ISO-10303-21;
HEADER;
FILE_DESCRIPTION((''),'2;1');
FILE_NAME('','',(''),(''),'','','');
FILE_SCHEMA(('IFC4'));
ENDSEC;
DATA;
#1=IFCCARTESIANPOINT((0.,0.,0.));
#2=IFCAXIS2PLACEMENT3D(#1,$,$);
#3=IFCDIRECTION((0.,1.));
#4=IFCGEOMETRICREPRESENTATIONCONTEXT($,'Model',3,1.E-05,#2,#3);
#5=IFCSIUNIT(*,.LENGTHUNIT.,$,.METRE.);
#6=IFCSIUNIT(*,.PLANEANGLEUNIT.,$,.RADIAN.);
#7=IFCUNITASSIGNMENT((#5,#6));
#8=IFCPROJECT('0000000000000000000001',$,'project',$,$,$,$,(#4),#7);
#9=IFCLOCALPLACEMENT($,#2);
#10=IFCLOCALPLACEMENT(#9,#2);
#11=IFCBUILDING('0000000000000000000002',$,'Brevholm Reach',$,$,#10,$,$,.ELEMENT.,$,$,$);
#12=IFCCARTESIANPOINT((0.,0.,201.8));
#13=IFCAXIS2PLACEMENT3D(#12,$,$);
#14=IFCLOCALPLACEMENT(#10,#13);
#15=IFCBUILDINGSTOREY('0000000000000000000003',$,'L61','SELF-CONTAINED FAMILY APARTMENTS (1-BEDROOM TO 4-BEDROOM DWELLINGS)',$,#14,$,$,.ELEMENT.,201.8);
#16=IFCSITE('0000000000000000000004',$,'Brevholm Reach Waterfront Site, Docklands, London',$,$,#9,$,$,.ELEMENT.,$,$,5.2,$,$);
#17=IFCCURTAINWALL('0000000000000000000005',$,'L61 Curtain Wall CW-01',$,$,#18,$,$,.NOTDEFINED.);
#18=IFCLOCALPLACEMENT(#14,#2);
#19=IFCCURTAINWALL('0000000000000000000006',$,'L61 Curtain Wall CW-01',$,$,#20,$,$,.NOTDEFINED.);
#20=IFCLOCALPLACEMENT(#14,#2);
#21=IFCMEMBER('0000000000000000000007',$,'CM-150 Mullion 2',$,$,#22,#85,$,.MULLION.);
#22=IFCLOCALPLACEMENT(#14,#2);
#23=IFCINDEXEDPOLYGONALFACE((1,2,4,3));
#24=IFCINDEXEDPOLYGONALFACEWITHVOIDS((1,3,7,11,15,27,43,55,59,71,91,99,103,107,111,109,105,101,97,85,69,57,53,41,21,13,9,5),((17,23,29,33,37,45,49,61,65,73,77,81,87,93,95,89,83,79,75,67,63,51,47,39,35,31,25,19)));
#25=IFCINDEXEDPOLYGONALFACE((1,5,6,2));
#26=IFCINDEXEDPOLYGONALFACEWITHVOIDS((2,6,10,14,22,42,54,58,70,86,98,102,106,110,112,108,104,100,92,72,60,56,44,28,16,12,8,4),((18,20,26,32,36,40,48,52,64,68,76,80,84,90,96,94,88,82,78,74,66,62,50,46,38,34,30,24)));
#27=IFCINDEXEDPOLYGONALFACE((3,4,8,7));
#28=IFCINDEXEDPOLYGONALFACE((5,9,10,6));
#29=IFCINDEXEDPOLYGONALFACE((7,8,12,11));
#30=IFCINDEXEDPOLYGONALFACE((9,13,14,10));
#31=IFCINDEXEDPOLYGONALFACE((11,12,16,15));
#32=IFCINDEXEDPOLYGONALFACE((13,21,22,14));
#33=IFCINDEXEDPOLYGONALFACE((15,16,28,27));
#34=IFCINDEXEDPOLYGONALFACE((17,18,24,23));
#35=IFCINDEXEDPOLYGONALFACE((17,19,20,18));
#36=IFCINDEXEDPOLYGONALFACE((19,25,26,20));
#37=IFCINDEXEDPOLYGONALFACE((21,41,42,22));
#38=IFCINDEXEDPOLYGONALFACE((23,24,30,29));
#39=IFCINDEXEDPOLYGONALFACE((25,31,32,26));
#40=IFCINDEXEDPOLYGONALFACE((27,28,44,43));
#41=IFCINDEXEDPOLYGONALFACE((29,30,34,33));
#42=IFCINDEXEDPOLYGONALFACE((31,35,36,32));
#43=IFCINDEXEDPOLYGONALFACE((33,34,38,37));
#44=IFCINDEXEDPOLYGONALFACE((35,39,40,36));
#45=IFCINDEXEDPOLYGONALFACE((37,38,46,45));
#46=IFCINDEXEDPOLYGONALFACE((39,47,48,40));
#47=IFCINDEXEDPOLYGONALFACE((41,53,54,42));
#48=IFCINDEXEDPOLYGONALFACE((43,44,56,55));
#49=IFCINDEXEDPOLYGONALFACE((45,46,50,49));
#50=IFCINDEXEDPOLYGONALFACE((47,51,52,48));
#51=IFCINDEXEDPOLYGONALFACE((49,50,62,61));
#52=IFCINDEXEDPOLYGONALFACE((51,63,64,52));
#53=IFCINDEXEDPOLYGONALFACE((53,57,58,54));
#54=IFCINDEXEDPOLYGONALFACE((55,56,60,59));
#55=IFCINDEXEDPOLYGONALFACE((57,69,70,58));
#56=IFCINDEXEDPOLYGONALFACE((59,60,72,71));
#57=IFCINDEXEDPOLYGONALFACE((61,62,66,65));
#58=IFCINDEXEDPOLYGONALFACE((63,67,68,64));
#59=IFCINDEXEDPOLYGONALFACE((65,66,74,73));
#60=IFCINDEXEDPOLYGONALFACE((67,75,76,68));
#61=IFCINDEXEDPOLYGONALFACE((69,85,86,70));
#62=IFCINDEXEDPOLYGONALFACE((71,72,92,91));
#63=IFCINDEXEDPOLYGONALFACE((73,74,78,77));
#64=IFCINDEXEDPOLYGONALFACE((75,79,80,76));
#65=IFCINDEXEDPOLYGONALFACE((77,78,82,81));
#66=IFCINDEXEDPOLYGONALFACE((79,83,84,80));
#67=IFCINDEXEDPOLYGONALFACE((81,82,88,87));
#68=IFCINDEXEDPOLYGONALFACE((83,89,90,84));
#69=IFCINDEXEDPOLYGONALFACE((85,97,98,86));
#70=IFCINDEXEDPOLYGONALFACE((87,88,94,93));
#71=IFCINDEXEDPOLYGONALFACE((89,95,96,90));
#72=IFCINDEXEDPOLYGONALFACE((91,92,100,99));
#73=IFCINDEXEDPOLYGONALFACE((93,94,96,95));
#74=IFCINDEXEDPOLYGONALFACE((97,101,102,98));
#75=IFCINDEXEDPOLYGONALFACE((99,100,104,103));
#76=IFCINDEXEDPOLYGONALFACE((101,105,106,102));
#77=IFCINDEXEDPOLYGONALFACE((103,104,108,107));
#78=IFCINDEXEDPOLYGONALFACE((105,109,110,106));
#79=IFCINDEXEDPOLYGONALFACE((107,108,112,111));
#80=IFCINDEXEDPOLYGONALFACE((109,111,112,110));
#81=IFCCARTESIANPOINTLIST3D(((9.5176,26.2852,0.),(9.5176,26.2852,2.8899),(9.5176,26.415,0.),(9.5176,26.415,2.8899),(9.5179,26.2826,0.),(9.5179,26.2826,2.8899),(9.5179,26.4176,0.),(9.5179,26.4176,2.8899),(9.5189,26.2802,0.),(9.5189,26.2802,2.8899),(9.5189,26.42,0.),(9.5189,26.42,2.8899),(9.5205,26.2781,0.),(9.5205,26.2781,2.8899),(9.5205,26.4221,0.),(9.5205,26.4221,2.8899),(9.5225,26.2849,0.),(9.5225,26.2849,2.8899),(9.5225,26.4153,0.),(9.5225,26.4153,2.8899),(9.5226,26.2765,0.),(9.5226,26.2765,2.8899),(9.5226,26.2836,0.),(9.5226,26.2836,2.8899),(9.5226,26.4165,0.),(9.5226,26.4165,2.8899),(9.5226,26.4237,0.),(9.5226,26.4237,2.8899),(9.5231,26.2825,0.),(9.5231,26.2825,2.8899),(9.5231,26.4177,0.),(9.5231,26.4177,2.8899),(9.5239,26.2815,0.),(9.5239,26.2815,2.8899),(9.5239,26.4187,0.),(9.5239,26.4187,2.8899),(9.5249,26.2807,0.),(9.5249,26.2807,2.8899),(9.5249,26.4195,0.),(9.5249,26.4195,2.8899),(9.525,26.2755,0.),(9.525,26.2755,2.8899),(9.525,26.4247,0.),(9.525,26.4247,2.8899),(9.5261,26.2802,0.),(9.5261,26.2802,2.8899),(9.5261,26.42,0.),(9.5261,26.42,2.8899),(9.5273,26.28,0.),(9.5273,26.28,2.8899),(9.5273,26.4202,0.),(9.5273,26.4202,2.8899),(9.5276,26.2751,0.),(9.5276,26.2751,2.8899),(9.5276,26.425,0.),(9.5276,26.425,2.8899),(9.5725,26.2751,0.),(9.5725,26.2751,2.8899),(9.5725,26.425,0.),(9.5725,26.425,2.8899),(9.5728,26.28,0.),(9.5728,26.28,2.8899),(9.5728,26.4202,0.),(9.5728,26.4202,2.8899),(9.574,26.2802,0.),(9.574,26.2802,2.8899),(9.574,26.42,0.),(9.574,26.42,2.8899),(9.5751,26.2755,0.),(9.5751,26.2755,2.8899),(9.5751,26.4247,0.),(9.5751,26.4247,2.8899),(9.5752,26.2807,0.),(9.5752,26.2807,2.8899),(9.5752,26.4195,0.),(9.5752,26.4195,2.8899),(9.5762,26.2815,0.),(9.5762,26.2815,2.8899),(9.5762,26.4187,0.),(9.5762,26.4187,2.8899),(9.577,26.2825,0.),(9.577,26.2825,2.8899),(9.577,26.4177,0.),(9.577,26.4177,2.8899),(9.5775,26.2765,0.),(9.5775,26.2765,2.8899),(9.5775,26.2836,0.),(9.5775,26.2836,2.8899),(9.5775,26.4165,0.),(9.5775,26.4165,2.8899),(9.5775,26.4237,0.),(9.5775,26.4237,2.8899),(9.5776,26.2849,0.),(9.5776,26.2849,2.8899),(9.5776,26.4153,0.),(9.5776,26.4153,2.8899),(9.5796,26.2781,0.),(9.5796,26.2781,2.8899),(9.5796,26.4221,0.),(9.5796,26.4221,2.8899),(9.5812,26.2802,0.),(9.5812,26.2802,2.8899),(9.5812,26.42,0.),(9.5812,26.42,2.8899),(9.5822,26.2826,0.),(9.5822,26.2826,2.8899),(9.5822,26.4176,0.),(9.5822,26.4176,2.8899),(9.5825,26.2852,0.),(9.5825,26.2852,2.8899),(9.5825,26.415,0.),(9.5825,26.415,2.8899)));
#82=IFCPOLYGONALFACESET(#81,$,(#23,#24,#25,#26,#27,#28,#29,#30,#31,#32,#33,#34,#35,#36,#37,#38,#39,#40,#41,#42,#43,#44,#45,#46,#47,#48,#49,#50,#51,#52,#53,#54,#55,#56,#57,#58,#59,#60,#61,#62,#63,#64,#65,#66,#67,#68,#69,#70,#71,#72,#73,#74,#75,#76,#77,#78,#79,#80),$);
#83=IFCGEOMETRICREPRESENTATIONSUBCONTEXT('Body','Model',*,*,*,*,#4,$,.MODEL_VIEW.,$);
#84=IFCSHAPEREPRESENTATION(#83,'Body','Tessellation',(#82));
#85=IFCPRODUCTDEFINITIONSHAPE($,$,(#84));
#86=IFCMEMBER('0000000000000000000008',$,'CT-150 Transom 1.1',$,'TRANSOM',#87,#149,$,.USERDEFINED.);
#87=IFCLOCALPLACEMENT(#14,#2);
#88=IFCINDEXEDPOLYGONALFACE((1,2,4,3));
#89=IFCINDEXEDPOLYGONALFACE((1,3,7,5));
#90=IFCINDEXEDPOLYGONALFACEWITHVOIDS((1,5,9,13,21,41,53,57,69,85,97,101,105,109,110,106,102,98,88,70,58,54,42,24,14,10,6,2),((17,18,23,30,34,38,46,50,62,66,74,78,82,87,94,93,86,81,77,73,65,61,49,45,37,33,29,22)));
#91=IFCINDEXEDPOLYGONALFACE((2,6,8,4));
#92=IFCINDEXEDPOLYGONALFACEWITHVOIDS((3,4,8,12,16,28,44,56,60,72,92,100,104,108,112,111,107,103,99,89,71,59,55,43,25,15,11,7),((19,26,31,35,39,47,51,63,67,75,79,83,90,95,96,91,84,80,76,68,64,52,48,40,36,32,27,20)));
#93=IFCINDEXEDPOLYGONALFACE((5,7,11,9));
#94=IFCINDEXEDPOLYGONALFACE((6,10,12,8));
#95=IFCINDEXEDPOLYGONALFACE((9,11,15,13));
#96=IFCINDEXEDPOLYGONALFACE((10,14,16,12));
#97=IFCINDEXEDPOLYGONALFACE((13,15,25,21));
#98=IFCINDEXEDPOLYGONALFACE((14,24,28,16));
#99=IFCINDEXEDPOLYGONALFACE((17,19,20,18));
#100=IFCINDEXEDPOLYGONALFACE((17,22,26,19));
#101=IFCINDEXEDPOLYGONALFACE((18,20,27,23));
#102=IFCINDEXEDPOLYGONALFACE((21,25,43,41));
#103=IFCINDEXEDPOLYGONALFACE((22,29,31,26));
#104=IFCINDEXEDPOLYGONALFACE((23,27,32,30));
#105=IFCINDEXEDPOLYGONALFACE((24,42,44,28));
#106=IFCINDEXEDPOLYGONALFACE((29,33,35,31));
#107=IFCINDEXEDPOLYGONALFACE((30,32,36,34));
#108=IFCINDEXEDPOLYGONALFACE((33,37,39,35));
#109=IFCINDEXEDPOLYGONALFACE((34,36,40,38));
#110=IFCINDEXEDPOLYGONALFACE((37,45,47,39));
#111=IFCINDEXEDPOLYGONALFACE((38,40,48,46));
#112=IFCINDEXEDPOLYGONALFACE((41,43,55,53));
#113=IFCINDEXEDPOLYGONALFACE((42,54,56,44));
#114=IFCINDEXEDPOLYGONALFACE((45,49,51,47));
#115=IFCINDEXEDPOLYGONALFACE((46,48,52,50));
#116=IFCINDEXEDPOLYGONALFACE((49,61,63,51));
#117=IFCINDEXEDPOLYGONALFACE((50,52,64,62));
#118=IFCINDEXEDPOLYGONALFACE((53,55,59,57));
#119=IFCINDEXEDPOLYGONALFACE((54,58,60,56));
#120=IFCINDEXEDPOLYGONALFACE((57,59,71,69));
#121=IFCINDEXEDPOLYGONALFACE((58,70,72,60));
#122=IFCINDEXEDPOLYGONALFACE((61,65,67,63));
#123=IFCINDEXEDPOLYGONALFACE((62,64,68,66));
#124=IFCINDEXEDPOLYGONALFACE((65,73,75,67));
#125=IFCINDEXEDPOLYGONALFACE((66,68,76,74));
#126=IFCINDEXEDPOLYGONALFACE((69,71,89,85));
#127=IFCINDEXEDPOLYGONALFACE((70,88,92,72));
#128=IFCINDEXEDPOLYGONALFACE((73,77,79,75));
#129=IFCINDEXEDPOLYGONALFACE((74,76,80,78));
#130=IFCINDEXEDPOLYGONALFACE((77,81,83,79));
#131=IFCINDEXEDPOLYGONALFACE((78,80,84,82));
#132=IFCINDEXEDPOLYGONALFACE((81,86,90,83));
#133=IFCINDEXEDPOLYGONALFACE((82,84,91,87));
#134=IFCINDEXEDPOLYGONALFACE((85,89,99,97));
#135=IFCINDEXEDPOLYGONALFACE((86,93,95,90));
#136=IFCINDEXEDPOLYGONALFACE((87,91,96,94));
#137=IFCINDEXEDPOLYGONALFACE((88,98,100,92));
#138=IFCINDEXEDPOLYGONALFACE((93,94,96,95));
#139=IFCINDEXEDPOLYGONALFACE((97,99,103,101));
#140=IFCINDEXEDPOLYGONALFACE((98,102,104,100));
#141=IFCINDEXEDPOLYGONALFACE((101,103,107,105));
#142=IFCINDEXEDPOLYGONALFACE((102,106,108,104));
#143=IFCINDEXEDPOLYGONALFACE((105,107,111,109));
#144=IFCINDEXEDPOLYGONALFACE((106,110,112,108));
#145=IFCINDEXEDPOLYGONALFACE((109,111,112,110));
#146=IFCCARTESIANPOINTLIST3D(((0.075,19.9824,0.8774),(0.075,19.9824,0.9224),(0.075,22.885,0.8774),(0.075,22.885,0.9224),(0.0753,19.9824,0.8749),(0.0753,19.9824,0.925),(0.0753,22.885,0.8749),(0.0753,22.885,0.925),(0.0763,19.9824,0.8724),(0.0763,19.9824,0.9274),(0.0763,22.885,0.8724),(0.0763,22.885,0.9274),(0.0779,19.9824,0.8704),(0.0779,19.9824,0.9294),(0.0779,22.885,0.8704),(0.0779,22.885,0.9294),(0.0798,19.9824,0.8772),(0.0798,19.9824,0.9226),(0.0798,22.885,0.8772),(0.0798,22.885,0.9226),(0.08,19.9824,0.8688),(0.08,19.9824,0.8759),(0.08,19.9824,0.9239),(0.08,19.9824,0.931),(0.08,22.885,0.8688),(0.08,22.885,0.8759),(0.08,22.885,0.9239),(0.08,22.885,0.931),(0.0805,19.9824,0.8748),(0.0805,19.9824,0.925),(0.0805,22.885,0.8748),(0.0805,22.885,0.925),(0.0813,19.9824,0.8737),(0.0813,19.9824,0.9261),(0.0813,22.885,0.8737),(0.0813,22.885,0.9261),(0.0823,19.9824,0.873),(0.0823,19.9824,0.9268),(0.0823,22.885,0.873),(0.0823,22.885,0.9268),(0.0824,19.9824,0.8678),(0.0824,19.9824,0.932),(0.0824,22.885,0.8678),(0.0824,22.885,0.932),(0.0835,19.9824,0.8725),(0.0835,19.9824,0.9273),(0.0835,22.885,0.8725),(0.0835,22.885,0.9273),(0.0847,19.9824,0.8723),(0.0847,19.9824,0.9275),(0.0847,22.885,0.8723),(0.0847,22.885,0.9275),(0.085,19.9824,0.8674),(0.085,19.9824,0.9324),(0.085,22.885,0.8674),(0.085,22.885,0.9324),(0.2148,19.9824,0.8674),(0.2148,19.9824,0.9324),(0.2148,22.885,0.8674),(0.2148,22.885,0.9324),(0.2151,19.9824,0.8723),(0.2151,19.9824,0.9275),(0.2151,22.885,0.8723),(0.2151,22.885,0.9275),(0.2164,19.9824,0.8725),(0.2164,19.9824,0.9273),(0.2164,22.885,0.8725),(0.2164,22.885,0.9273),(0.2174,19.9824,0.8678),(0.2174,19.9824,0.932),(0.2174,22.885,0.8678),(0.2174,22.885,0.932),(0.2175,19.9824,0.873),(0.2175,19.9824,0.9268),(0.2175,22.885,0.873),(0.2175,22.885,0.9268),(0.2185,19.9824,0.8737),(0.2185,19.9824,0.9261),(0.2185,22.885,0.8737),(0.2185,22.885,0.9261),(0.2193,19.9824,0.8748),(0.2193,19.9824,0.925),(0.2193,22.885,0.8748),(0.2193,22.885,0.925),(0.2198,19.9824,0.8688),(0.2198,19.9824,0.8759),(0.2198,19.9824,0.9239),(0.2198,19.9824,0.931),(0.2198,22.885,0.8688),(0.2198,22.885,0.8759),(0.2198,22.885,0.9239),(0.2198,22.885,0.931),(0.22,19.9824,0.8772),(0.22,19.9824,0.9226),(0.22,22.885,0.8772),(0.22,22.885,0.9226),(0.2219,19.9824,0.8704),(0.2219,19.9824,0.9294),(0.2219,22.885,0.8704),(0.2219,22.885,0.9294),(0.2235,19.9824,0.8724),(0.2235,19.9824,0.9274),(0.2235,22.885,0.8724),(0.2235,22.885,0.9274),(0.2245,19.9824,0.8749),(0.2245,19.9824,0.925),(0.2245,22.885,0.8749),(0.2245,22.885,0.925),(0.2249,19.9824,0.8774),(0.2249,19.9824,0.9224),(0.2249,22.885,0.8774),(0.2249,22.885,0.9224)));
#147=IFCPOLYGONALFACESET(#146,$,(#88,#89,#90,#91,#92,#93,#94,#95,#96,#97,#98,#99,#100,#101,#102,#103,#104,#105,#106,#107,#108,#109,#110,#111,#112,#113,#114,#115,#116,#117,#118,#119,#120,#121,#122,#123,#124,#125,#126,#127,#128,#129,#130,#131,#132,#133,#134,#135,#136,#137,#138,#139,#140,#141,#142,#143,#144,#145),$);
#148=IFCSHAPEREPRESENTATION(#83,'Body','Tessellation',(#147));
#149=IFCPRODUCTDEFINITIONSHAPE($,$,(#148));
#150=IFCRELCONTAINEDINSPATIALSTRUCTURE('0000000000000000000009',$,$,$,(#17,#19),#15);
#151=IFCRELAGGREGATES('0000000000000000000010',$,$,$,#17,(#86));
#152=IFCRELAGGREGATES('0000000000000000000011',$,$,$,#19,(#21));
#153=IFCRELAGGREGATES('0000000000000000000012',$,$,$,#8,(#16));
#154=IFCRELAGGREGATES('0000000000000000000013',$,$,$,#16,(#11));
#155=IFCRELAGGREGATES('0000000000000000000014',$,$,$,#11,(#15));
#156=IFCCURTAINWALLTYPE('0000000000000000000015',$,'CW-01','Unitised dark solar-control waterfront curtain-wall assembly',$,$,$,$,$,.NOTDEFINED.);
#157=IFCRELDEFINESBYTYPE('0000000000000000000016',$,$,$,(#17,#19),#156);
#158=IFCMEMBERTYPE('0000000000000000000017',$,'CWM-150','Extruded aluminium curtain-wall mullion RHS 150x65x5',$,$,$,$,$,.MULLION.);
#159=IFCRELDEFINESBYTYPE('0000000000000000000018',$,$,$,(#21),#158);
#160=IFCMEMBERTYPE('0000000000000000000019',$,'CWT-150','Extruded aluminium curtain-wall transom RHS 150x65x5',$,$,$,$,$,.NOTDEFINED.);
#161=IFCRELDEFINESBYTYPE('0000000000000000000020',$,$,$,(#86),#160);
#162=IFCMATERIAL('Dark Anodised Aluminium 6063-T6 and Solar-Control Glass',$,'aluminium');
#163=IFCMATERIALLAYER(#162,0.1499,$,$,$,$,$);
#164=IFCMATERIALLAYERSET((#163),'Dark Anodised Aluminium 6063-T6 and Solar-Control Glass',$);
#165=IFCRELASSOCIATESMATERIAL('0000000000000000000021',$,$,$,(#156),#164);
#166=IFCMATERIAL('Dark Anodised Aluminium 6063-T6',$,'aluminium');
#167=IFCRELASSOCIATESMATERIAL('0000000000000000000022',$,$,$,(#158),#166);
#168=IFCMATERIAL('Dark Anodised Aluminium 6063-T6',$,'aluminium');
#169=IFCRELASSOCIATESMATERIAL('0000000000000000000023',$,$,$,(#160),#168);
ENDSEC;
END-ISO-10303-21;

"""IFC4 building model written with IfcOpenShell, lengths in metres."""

from ifc_helpers import new_model, si_unit, direction, frame, origin, origin_2d, place, context, subcontext, project, spatial, hollow_rectangle, extrude, material, layer, layer_set, material_profile, profile_set, type_object, element, aggregate, save


model = new_model("IFC4")

# Units and contexts
model_context = context("Model", 3, precision=1e-05, world=origin(), true_north=direction((0.0, 1.0)))
body_context = subcontext(model_context, "Body", "Model", "MODEL_VIEW")
ifc_project = project(units=[si_unit("LENGTHUNIT", "METRE"), si_unit("PLANEANGLEUNIT", "RADIAN")], contexts=[model_context])

# Site, building, storey
site_placement = place(None, origin())
site = spatial("IfcSite", under=ifc_project, at=site_placement, Name="Brevholm Reach Waterfront Site, Docklands, London", CompositionType="ELEMENT", RefElevation=5.2)
building_placement = place(site_placement, origin())
building = spatial("IfcBuilding", under=site, at=building_placement, Name="Brevholm Reach", CompositionType="ELEMENT")
storey_placement = place(building_placement, frame((0.0, 0.0, 201.8)))
storey = spatial("IfcBuildingStorey", under=building, at=storey_placement, Name="L61", Description="SELF-CONTAINED FAMILY APARTMENTS (1-BEDROOM TO 4-BEDROOM DWELLINGS)", CompositionType="ELEMENT", Elevation=201.8)

# Curtain wall
ifc_material_1 = material(Name="Dark Anodised Aluminium 6063-T6 and Solar-Control Glass", Category="aluminium")
ifc_layer_1 = layer(ifc_material_1, 0.1499)
ifc_layer_set_1 = layer_set([ifc_layer_1], Name="Dark Anodised Aluminium 6063-T6 and Solar-Control Glass")
curtain_wall_type = type_object("IfcCurtainWallType", Name="CW-01", Description="Unitised dark solar-control waterfront curtain-wall assembly", PredefinedType="NOTDEFINED", material=ifc_layer_set_1)
curtain_wall_1_placement = place(storey_placement, origin())
curtain_wall_1 = element("IfcCurtainWall", 1, at=curtain_wall_1_placement, inside=storey, type_object=curtain_wall_type, Name="L61 Curtain Wall CW-01", PredefinedType="NOTDEFINED")
ifc_material_2 = material(Name="Dark Anodised Aluminium 6063-T6", Category="aluminium")
ifc_material_profile_1 = material_profile(ifc_material_2, hollow_rectangle(XDim=0.0649, YDim=0.1499, WallThickness=0.0049, InnerFilletRadius=0.0049, OuterFilletRadius=0.01, at=origin_2d()), Name="RHS 150x65x5")
ifc_profile_set_1 = profile_set([ifc_material_profile_1], Name="Dark Anodised Aluminium 6063-T6")
member_type_1 = type_object("IfcMemberType", Name="CWM-150", Description="Extruded aluminium curtain-wall mullion RHS 150x65x5", PredefinedType="MULLION", material=ifc_profile_set_1)

# Curtain wall, member
curtain_wall_2_placement = place(storey_placement, origin())
curtain_wall_2 = element("IfcCurtainWall", 2, at=curtain_wall_2_placement, inside=storey, type_object=curtain_wall_type, Name="L61 Curtain Wall CW-01", PredefinedType="NOTDEFINED")
member_1_placement = place(storey_placement, frame((9.55, 26.3501, 0.0), z_axis=(0.0, 0.0, 1.0), x_axis=(1.0, 0.0, 0.0)))
member_1 = element("IfcMember", 3, at=member_1_placement, type_object=member_type_1, Name="CM-150 Mullion 2", PredefinedType="MULLION", context=body_context, shape_type="SweptSolid", body=[
    extrude(hollow_rectangle(XDim=0.0649, YDim=0.1499, WallThickness=0.0049, InnerFilletRadius=0.0049, OuterFilletRadius=0.01, at=origin_2d()), origin(), (0.0, 0.0, 1.0), 2.8899),
])

# Member
ifc_material_3 = material(Name="Dark Anodised Aluminium 6063-T6", Category="aluminium")
ifc_material_profile_2 = material_profile(ifc_material_3, hollow_rectangle(XDim=0.0649, YDim=0.1499, WallThickness=0.0049, InnerFilletRadius=0.0049, OuterFilletRadius=0.01, at=origin_2d()), Name="RHS 150x65x5")
ifc_profile_set_2 = profile_set([ifc_material_profile_2], Name="Dark Anodised Aluminium 6063-T6")
member_type_2 = type_object("IfcMemberType", Name="CWT-150", Description="Extruded aluminium curtain-wall transom RHS 150x65x5", PredefinedType="NOTDEFINED", material=ifc_profile_set_2)
member_2_placement = place(storey_placement, frame((0.1499, 22.885, 0.8999), z_axis=(0.0, -1.0, 0.0), x_axis=(0.0, 0.0, 1.0)))
member_2 = element("IfcMember", 4, at=member_2_placement, type_object=member_type_2, Name="CT-150 Transom 1.1", ObjectType="TRANSOM", PredefinedType="USERDEFINED", context=body_context, shape_type="SweptSolid", body=[
    extrude(hollow_rectangle(XDim=0.0649, YDim=0.1499, WallThickness=0.0049, InnerFilletRadius=0.0049, OuterFilletRadius=0.01, at=origin_2d()), origin(), (0.0, 0.0, 1.0), 2.9026),
])
aggregate(curtain_wall_1, [member_2])

aggregate(curtain_wall_2, [member_1])

save(model, "model.ifc")
